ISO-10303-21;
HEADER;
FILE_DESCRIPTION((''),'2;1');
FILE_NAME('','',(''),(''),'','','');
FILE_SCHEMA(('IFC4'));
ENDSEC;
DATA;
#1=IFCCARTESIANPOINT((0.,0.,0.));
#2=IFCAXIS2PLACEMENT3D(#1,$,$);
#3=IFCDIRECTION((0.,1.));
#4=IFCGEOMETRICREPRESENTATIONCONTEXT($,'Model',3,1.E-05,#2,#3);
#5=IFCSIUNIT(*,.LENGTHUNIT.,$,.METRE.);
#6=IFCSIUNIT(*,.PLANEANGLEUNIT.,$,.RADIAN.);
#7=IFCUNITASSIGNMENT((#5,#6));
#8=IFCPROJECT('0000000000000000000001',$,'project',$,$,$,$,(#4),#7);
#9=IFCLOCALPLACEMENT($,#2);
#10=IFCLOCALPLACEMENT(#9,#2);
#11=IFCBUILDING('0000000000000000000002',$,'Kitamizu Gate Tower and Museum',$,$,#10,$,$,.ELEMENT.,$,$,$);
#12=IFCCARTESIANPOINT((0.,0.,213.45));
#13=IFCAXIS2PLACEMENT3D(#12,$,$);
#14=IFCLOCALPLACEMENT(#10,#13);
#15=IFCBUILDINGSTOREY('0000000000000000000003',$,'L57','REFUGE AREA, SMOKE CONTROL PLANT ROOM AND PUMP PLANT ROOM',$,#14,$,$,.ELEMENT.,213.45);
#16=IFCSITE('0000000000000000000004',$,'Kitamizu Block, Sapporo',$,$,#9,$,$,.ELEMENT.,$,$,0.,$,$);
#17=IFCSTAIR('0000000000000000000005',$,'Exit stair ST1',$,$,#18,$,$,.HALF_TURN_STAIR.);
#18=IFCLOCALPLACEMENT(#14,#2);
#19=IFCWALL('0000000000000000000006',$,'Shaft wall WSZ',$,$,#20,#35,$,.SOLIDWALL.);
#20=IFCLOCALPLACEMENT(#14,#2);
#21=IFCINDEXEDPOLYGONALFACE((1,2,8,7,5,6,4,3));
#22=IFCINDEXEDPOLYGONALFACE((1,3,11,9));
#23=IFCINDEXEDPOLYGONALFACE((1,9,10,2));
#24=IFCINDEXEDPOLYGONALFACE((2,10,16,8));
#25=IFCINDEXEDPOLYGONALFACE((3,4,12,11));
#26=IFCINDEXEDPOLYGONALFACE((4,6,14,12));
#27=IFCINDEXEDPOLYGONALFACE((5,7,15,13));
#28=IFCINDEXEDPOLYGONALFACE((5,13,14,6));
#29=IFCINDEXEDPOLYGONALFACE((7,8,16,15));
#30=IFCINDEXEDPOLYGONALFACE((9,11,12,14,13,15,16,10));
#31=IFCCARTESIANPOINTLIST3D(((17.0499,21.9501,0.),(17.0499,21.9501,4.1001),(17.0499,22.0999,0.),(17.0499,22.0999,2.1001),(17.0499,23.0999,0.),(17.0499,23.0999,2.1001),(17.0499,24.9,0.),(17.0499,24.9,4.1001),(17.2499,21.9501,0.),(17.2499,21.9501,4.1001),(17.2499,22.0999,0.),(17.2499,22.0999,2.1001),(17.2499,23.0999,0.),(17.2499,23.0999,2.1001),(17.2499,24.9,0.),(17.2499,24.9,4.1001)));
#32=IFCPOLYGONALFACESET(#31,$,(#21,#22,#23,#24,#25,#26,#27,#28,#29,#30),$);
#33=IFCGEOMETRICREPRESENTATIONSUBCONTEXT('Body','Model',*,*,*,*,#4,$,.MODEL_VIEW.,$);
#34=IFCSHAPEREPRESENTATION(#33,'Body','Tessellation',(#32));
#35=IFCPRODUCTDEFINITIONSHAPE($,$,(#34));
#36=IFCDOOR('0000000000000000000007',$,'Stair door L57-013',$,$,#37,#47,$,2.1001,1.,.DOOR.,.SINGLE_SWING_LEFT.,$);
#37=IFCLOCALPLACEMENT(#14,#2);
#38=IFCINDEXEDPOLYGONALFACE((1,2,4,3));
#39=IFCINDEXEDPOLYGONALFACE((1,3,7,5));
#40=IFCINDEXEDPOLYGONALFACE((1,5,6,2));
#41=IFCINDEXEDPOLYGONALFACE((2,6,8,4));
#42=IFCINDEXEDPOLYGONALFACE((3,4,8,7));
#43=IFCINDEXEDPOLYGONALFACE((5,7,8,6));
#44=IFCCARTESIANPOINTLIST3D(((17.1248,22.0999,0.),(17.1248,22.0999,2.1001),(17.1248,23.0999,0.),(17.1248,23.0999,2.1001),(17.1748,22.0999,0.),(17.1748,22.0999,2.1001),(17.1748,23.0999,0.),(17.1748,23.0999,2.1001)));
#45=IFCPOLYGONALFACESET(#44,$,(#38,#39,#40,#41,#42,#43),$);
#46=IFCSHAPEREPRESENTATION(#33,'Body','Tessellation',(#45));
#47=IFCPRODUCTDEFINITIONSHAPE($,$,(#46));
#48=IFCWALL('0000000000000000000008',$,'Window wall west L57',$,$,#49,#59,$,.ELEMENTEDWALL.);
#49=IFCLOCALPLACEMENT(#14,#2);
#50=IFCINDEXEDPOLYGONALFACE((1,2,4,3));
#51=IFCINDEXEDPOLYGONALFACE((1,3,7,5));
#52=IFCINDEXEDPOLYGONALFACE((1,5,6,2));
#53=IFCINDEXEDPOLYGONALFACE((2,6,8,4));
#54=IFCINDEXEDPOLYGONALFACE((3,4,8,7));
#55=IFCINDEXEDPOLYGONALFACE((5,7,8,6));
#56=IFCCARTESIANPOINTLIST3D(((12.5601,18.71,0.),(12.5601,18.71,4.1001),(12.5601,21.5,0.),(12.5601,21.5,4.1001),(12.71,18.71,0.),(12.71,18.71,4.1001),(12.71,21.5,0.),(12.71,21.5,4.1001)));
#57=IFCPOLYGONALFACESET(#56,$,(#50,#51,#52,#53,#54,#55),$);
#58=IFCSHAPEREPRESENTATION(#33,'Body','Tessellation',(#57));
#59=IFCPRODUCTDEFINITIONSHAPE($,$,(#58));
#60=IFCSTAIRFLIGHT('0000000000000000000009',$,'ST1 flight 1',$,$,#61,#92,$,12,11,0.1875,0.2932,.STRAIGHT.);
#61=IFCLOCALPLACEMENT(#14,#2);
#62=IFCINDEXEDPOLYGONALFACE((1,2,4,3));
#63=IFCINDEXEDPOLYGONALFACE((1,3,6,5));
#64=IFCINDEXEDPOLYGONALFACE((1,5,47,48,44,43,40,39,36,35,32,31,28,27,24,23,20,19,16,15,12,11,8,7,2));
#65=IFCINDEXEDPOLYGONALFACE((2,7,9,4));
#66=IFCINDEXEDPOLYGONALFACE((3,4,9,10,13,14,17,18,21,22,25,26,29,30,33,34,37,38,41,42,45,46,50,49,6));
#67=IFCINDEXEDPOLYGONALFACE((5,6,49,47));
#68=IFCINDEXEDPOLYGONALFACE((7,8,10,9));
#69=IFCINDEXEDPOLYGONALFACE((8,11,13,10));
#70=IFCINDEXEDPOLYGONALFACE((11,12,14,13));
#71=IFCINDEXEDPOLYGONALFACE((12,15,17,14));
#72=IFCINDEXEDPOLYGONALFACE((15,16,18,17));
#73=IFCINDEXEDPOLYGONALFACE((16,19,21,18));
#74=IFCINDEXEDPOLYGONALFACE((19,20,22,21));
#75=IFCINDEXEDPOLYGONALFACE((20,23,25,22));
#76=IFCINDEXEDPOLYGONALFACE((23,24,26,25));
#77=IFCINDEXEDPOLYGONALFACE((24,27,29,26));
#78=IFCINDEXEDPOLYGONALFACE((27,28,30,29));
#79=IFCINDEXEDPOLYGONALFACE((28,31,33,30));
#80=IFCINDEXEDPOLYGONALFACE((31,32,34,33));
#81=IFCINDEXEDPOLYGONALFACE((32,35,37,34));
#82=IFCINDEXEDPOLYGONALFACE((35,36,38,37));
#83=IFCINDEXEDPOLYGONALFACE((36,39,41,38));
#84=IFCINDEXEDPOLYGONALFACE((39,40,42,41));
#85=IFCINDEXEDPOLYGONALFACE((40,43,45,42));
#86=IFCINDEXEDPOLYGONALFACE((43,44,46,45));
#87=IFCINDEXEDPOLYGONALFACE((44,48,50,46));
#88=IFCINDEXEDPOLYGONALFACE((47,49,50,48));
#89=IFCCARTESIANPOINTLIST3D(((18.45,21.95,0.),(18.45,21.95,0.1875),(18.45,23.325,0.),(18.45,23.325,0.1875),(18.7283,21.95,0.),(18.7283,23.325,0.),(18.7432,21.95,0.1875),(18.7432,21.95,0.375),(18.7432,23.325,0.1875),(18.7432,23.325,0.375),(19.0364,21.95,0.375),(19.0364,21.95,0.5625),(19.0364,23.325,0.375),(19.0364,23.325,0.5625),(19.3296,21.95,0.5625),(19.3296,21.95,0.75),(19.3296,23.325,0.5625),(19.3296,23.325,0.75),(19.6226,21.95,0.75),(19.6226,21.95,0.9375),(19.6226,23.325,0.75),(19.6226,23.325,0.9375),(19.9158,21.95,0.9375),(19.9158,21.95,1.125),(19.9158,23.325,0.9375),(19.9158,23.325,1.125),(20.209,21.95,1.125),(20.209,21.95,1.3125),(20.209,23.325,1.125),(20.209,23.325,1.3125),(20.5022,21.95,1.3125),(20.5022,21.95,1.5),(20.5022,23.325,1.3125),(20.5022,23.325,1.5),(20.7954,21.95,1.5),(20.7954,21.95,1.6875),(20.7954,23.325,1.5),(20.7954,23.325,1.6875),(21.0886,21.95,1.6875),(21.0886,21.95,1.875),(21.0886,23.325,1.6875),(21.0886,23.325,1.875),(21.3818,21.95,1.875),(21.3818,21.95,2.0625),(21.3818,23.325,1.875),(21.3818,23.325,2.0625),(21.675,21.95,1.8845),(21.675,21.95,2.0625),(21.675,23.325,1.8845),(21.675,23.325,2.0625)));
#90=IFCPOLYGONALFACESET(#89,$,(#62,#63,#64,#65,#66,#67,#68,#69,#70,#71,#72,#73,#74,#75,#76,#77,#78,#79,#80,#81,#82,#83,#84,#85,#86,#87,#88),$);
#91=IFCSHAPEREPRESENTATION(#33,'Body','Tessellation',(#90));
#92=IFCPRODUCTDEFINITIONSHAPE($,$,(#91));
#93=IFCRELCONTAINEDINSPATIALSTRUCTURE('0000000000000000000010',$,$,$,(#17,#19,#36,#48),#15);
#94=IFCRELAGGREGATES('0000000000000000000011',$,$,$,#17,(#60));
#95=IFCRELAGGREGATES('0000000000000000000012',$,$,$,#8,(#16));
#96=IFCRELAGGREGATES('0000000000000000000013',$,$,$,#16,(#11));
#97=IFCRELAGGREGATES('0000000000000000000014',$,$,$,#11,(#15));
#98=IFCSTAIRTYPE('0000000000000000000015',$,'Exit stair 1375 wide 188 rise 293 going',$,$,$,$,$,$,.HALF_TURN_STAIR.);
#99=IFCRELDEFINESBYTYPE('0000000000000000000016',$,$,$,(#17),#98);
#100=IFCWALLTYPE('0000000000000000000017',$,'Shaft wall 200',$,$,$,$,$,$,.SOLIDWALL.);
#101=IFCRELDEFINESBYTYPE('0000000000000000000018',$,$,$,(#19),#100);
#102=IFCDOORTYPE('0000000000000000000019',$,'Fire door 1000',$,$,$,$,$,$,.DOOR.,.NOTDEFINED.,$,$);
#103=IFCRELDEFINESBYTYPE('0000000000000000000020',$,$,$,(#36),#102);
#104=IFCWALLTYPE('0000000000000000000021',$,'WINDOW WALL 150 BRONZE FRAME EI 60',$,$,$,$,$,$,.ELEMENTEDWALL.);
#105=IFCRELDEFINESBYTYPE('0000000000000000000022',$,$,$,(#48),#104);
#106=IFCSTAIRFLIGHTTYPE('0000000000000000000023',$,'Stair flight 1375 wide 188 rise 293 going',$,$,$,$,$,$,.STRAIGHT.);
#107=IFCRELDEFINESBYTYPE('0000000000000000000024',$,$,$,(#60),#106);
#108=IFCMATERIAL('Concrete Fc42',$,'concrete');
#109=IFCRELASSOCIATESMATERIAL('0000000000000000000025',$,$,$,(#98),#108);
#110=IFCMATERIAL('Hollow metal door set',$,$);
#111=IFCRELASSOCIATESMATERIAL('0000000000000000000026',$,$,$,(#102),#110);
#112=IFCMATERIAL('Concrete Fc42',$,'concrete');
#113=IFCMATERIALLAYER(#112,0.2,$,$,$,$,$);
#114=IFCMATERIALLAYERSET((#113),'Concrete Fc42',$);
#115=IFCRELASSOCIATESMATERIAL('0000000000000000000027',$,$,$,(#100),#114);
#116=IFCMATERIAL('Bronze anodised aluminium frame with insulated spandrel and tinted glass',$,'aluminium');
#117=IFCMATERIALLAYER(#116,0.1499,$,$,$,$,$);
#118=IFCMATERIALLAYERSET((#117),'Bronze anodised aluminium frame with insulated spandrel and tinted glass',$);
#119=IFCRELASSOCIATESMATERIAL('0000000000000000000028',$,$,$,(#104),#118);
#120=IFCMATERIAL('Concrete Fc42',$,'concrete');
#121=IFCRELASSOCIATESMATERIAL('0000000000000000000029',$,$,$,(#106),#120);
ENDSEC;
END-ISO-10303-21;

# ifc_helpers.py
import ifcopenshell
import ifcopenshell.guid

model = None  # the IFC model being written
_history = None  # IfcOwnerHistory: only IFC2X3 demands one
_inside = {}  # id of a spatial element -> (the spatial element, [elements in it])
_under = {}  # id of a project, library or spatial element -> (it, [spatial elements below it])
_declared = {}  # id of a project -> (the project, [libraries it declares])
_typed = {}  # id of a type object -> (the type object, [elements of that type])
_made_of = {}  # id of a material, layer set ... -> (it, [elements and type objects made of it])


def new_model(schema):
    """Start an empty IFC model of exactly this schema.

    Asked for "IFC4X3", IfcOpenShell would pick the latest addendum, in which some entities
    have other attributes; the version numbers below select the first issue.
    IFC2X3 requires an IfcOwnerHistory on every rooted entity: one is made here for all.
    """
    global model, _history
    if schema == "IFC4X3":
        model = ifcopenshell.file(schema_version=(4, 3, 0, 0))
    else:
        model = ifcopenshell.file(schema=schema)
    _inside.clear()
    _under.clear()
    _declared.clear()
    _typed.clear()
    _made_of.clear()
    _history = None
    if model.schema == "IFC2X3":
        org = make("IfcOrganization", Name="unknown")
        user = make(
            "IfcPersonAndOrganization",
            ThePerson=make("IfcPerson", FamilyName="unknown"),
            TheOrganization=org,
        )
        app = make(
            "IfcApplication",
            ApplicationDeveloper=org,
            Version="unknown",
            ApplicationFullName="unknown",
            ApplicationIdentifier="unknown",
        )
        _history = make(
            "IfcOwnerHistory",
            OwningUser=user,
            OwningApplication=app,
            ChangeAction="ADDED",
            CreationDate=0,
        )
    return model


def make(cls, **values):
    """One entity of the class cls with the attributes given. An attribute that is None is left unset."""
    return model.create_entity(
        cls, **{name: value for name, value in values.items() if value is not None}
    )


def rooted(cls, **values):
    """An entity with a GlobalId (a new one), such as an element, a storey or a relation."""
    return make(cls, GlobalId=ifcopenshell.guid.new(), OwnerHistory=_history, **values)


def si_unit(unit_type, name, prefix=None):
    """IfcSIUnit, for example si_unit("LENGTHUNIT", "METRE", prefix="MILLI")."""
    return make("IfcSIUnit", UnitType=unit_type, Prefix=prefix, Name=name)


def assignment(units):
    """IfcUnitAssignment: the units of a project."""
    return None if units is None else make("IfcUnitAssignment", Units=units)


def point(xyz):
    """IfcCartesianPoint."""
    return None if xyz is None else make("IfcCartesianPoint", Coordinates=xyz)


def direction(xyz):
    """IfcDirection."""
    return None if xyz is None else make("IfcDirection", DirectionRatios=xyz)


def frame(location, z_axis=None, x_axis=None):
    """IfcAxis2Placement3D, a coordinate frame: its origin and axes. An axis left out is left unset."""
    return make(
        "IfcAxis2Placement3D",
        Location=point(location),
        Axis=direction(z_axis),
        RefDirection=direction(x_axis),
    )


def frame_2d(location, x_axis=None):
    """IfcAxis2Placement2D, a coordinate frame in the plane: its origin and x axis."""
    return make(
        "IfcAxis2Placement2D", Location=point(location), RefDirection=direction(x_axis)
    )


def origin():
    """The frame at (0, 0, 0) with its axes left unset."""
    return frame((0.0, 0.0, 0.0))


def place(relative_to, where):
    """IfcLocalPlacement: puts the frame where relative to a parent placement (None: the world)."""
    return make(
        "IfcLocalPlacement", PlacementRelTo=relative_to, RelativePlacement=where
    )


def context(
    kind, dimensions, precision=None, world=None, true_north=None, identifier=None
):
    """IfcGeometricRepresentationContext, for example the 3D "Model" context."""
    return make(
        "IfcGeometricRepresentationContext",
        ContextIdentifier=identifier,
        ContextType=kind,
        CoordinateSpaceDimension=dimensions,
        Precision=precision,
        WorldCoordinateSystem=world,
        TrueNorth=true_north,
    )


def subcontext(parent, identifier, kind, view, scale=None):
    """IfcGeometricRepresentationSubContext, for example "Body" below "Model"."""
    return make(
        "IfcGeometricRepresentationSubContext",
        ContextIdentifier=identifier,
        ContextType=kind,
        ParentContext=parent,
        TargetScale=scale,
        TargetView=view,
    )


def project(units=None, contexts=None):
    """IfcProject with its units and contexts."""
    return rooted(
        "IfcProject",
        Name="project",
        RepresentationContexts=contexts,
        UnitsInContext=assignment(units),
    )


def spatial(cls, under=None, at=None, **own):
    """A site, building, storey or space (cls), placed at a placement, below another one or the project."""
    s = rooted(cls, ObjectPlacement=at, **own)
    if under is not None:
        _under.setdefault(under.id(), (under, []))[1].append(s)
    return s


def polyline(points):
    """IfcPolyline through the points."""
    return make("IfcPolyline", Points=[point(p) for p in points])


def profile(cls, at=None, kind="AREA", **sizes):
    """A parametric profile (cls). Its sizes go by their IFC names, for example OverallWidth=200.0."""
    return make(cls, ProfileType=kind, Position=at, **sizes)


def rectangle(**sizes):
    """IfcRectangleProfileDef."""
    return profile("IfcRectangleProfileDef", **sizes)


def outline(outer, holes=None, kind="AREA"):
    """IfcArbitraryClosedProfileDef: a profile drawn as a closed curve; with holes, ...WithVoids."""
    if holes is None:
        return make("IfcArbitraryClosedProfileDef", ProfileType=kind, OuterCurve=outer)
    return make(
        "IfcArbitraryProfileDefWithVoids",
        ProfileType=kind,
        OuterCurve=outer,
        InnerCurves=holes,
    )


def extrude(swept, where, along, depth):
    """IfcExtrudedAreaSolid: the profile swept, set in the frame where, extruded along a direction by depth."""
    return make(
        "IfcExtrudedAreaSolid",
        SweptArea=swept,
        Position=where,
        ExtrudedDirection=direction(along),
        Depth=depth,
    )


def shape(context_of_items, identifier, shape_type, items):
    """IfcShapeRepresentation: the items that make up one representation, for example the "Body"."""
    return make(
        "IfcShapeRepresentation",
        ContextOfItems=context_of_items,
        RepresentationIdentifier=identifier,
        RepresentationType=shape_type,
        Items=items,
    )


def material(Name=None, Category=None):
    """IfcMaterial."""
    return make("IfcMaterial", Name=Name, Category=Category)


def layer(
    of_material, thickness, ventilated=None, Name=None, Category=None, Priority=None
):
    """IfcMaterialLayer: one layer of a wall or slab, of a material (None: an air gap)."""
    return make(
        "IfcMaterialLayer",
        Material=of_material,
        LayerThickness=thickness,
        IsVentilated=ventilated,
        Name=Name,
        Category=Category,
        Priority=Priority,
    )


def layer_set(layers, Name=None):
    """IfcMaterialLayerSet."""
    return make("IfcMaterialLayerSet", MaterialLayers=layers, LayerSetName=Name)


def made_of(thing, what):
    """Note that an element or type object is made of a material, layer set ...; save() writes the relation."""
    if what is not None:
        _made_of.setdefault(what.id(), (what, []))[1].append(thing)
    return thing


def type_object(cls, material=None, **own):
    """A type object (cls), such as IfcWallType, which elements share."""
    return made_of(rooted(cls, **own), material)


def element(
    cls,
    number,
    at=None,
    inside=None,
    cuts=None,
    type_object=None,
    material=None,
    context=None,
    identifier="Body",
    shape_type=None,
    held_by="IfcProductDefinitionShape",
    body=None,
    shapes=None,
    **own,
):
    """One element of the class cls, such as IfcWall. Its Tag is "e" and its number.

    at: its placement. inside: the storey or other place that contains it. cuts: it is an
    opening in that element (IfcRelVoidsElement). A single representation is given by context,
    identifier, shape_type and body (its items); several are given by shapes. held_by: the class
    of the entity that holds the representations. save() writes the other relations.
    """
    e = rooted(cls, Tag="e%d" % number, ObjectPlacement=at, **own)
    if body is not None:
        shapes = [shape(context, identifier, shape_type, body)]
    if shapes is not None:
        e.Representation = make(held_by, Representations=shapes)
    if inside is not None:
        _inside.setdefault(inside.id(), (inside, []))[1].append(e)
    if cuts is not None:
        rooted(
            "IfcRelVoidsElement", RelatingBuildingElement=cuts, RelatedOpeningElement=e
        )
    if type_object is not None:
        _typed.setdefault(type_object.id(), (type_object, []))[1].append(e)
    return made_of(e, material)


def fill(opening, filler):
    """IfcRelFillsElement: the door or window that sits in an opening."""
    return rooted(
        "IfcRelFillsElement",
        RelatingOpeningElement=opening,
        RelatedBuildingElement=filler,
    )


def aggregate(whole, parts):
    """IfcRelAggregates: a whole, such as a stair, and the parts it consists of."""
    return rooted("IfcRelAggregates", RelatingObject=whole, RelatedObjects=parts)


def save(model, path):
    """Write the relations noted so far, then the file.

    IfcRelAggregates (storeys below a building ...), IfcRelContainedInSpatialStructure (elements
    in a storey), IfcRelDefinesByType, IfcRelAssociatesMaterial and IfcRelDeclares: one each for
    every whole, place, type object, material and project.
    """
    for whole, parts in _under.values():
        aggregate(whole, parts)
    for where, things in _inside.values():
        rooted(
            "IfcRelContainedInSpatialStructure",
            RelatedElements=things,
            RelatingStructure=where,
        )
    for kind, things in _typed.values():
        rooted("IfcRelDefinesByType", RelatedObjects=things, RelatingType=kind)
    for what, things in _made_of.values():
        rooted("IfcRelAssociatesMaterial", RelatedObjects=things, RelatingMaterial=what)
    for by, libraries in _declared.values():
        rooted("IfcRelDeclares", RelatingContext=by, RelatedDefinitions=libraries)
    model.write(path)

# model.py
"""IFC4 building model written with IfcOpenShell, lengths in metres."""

from ifc_helpers import new_model, si_unit, direction, frame, frame_2d, origin, place, context, subcontext, project, spatial, polyline, rectangle, outline, extrude, material, layer, layer_set, type_object, element, fill, aggregate, save


model = new_model("IFC4")

# Units and contexts
model_context = context("Model", 3, precision=1e-05, world=origin(), true_north=direction((0.0, 1.0)))
body_context = subcontext(model_context, "Body", "Model", "MODEL_VIEW")
ifc_project = project(units=[si_unit("LENGTHUNIT", "METRE"), si_unit("PLANEANGLEUNIT", "RADIAN")], contexts=[model_context])

# Site, building, storey
site_placement = place(None, origin())
site = spatial("IfcSite", under=ifc_project, at=site_placement, Name="Kitamizu Block, Sapporo", CompositionType="ELEMENT", RefElevation=0.0)
building_placement = place(site_placement, origin())
building = spatial("IfcBuilding", under=site, at=building_placement, Name="Kitamizu Gate Tower and Museum", CompositionType="ELEMENT")
storey_placement = place(building_placement, frame((0.0, 0.0, 213.45)))
storey = spatial("IfcBuildingStorey", under=building, at=storey_placement, Name="L57", Description="REFUGE AREA, SMOKE CONTROL PLANT ROOM AND PUMP PLANT ROOM", CompositionType="ELEMENT", Elevation=213.45)

# Stair
ifc_material_1 = material(Name="Concrete Fc42", Category="concrete")
stair_type = type_object("IfcStairType", Name="Exit stair 1375 wide 188 rise 293 going", PredefinedType="HALF_TURN_STAIR", material=ifc_material_1)
stair_1_placement = place(storey_placement, origin())
stair_1 = element("IfcStair", 1, at=stair_1_placement, inside=storey, type_object=stair_type, Name="Exit stair ST1", PredefinedType="HALF_TURN_STAIR")

# Shared definitions
ifc_material_2 = material(Name="Hollow metal door set")
door_type_1 = type_object("IfcDoorType", Name="Fire door 1000", OperationType="NOTDEFINED", PredefinedType="DOOR", material=ifc_material_2)

# Shared definitions
ifc_material_3 = material(Name="Concrete Fc42", Category="concrete")
ifc_layer_1 = layer(ifc_material_3, 0.2)
ifc_layer_set_1 = layer_set([ifc_layer_1], Name="Concrete Fc42")
wall_type_1 = type_object("IfcWallType", Name="Shaft wall 200", PredefinedType="SOLIDWALL", material=ifc_layer_set_1)

# Wall, opening, door
wall_1_placement = place(storey_placement, frame((17.1499, 21.95, 0.0), z_axis=(0.0, 0.0, 1.0), x_axis=(0.0, 1.0, 0.0)))
wall_1 = element("IfcWall", 2, at=wall_1_placement, inside=storey, type_object=wall_type_1, Name="Shaft wall WSZ", PredefinedType="SOLIDWALL", context=body_context, shape_type="SweptSolid", body=[
    extrude(rectangle(XDim=2.95, YDim=0.2, at=frame_2d((1.4751, 0.0))), origin(), (0.0, 0.0, 1.0), 4.1001),
])
opening_1_placement = place(wall_1_placement, frame((0.1499, 0.0, 0.0)))
opening_1 = element("IfcOpeningElement", 3, at=opening_1_placement, cuts=wall_1, PredefinedType="OPENING", context=body_context, shape_type="SweptSolid", body=[
    extrude(rectangle(XDim=1.0, YDim=2.1001, at=frame_2d((0.5, 1.05))), frame((0.0, 0.1099, 0.0), z_axis=(0.0, -1.0, 0.0), x_axis=(1.0, 0.0, 0.0)), (0.0, 0.0, 1.0), 0.22),
])
door_1_placement = place(opening_1_placement, frame((1.0, 0.0, 0.0), x_axis=(-1.0, 0.0, 0.0)))
door_1 = element("IfcDoor", 4, at=door_1_placement, inside=storey, type_object=door_type_1, Name="Stair door L57-013", OperationType="SINGLE_SWING_LEFT", OverallHeight=2.1001, OverallWidth=1.0, PredefinedType="DOOR", context=body_context, shape_type="SweptSolid", body=[
    extrude(rectangle(XDim=1.0, YDim=2.1001, at=frame_2d((0.5, 1.05))), frame((0.0, 0.0249, 0.0), z_axis=(0.0, -1.0, 0.0), x_axis=(1.0, 0.0, 0.0)), (0.0, 0.0, 1.0), 0.05),
])
fill(opening_1, door_1)

# Wall
ifc_material_4 = material(Name="Bronze anodised aluminium frame with insulated spandrel and tinted glass", Category="aluminium")
ifc_layer_2 = layer(ifc_material_4, 0.1499)
ifc_layer_set_2 = layer_set([ifc_layer_2], Name="Bronze anodised aluminium frame with insulated spandrel and tinted glass")
wall_type_2 = type_object("IfcWallType", Name="WINDOW WALL 150 BRONZE FRAME EI 60", PredefinedType="ELEMENTEDWALL", material=ifc_layer_set_2)
wall_2_placement = place(storey_placement, frame((12.635, 18.71, 0.0), z_axis=(0.0, 0.0, 1.0), x_axis=(0.0, 1.0, 0.0)))
element("IfcWall", 5, at=wall_2_placement, inside=storey, type_object=wall_type_2, Name="Window wall west L57", PredefinedType="ELEMENTEDWALL", context=body_context, shape_type="SweptSolid", body=[
    extrude(rectangle(XDim=2.79, YDim=0.1499, at=frame_2d((1.395, 0.0))), origin(), (0.0, 0.0, 1.0), 4.1001),
])

# Stair flight
ifc_material_5 = material(Name="Concrete Fc42", Category="concrete")
stair_flight_type = type_object("IfcStairFlightType", Name="Stair flight 1375 wide 188 rise 293 going", PredefinedType="STRAIGHT", material=ifc_material_5)
stair_flight_placement = place(storey_placement, frame((18.45, 22.6375, 0.0), z_axis=(0.0, 0.0, 1.0), x_axis=(1.0, 0.0, 0.0)))
stair_flight = element("IfcStairFlight", 6, at=stair_flight_placement, type_object=stair_flight_type, Name="ST1 flight 1", NumberOfRisers=12, NumberOfTreads=11, PredefinedType="STRAIGHT", RiserHeight=0.1875, TreadLength=0.2932, context=body_context, shape_type="SweptSolid", body=[
    extrude(outline(polyline([(0.0, 0.0), (0.0, 0.1875), (0.2932, 0.1875), (0.2932, 0.375), (0.5864, 0.375), (0.5864, 0.5625), (0.8796, 0.5625), (0.8796, 0.75), (1.1726, 0.75), (1.1726, 0.9375), (1.4658, 0.9375), (1.4658, 1.125), (1.759, 1.125), (1.759, 1.3125), (2.0522, 1.3125), (2.0522, 1.5), (2.3455, 1.5), (2.3455, 1.6875), (2.6387, 1.6875), (2.6387, 1.875), (2.9319, 1.875), (2.9319, 2.0625), (3.2251, 2.0625), (3.2251, 2.25), (3.2251, 1.8845), (0.2783, 0.0), (0.0, 0.0)])), frame((0.0, 0.6875, 0.0), z_axis=(0.0, -1.0, 0.0), x_axis=(1.0, 0.0, 0.0)), (0.0, 0.0, 1.0), 1.375),
])
aggregate(stair_1, [stair_flight])

save(model, "model.ifc")
